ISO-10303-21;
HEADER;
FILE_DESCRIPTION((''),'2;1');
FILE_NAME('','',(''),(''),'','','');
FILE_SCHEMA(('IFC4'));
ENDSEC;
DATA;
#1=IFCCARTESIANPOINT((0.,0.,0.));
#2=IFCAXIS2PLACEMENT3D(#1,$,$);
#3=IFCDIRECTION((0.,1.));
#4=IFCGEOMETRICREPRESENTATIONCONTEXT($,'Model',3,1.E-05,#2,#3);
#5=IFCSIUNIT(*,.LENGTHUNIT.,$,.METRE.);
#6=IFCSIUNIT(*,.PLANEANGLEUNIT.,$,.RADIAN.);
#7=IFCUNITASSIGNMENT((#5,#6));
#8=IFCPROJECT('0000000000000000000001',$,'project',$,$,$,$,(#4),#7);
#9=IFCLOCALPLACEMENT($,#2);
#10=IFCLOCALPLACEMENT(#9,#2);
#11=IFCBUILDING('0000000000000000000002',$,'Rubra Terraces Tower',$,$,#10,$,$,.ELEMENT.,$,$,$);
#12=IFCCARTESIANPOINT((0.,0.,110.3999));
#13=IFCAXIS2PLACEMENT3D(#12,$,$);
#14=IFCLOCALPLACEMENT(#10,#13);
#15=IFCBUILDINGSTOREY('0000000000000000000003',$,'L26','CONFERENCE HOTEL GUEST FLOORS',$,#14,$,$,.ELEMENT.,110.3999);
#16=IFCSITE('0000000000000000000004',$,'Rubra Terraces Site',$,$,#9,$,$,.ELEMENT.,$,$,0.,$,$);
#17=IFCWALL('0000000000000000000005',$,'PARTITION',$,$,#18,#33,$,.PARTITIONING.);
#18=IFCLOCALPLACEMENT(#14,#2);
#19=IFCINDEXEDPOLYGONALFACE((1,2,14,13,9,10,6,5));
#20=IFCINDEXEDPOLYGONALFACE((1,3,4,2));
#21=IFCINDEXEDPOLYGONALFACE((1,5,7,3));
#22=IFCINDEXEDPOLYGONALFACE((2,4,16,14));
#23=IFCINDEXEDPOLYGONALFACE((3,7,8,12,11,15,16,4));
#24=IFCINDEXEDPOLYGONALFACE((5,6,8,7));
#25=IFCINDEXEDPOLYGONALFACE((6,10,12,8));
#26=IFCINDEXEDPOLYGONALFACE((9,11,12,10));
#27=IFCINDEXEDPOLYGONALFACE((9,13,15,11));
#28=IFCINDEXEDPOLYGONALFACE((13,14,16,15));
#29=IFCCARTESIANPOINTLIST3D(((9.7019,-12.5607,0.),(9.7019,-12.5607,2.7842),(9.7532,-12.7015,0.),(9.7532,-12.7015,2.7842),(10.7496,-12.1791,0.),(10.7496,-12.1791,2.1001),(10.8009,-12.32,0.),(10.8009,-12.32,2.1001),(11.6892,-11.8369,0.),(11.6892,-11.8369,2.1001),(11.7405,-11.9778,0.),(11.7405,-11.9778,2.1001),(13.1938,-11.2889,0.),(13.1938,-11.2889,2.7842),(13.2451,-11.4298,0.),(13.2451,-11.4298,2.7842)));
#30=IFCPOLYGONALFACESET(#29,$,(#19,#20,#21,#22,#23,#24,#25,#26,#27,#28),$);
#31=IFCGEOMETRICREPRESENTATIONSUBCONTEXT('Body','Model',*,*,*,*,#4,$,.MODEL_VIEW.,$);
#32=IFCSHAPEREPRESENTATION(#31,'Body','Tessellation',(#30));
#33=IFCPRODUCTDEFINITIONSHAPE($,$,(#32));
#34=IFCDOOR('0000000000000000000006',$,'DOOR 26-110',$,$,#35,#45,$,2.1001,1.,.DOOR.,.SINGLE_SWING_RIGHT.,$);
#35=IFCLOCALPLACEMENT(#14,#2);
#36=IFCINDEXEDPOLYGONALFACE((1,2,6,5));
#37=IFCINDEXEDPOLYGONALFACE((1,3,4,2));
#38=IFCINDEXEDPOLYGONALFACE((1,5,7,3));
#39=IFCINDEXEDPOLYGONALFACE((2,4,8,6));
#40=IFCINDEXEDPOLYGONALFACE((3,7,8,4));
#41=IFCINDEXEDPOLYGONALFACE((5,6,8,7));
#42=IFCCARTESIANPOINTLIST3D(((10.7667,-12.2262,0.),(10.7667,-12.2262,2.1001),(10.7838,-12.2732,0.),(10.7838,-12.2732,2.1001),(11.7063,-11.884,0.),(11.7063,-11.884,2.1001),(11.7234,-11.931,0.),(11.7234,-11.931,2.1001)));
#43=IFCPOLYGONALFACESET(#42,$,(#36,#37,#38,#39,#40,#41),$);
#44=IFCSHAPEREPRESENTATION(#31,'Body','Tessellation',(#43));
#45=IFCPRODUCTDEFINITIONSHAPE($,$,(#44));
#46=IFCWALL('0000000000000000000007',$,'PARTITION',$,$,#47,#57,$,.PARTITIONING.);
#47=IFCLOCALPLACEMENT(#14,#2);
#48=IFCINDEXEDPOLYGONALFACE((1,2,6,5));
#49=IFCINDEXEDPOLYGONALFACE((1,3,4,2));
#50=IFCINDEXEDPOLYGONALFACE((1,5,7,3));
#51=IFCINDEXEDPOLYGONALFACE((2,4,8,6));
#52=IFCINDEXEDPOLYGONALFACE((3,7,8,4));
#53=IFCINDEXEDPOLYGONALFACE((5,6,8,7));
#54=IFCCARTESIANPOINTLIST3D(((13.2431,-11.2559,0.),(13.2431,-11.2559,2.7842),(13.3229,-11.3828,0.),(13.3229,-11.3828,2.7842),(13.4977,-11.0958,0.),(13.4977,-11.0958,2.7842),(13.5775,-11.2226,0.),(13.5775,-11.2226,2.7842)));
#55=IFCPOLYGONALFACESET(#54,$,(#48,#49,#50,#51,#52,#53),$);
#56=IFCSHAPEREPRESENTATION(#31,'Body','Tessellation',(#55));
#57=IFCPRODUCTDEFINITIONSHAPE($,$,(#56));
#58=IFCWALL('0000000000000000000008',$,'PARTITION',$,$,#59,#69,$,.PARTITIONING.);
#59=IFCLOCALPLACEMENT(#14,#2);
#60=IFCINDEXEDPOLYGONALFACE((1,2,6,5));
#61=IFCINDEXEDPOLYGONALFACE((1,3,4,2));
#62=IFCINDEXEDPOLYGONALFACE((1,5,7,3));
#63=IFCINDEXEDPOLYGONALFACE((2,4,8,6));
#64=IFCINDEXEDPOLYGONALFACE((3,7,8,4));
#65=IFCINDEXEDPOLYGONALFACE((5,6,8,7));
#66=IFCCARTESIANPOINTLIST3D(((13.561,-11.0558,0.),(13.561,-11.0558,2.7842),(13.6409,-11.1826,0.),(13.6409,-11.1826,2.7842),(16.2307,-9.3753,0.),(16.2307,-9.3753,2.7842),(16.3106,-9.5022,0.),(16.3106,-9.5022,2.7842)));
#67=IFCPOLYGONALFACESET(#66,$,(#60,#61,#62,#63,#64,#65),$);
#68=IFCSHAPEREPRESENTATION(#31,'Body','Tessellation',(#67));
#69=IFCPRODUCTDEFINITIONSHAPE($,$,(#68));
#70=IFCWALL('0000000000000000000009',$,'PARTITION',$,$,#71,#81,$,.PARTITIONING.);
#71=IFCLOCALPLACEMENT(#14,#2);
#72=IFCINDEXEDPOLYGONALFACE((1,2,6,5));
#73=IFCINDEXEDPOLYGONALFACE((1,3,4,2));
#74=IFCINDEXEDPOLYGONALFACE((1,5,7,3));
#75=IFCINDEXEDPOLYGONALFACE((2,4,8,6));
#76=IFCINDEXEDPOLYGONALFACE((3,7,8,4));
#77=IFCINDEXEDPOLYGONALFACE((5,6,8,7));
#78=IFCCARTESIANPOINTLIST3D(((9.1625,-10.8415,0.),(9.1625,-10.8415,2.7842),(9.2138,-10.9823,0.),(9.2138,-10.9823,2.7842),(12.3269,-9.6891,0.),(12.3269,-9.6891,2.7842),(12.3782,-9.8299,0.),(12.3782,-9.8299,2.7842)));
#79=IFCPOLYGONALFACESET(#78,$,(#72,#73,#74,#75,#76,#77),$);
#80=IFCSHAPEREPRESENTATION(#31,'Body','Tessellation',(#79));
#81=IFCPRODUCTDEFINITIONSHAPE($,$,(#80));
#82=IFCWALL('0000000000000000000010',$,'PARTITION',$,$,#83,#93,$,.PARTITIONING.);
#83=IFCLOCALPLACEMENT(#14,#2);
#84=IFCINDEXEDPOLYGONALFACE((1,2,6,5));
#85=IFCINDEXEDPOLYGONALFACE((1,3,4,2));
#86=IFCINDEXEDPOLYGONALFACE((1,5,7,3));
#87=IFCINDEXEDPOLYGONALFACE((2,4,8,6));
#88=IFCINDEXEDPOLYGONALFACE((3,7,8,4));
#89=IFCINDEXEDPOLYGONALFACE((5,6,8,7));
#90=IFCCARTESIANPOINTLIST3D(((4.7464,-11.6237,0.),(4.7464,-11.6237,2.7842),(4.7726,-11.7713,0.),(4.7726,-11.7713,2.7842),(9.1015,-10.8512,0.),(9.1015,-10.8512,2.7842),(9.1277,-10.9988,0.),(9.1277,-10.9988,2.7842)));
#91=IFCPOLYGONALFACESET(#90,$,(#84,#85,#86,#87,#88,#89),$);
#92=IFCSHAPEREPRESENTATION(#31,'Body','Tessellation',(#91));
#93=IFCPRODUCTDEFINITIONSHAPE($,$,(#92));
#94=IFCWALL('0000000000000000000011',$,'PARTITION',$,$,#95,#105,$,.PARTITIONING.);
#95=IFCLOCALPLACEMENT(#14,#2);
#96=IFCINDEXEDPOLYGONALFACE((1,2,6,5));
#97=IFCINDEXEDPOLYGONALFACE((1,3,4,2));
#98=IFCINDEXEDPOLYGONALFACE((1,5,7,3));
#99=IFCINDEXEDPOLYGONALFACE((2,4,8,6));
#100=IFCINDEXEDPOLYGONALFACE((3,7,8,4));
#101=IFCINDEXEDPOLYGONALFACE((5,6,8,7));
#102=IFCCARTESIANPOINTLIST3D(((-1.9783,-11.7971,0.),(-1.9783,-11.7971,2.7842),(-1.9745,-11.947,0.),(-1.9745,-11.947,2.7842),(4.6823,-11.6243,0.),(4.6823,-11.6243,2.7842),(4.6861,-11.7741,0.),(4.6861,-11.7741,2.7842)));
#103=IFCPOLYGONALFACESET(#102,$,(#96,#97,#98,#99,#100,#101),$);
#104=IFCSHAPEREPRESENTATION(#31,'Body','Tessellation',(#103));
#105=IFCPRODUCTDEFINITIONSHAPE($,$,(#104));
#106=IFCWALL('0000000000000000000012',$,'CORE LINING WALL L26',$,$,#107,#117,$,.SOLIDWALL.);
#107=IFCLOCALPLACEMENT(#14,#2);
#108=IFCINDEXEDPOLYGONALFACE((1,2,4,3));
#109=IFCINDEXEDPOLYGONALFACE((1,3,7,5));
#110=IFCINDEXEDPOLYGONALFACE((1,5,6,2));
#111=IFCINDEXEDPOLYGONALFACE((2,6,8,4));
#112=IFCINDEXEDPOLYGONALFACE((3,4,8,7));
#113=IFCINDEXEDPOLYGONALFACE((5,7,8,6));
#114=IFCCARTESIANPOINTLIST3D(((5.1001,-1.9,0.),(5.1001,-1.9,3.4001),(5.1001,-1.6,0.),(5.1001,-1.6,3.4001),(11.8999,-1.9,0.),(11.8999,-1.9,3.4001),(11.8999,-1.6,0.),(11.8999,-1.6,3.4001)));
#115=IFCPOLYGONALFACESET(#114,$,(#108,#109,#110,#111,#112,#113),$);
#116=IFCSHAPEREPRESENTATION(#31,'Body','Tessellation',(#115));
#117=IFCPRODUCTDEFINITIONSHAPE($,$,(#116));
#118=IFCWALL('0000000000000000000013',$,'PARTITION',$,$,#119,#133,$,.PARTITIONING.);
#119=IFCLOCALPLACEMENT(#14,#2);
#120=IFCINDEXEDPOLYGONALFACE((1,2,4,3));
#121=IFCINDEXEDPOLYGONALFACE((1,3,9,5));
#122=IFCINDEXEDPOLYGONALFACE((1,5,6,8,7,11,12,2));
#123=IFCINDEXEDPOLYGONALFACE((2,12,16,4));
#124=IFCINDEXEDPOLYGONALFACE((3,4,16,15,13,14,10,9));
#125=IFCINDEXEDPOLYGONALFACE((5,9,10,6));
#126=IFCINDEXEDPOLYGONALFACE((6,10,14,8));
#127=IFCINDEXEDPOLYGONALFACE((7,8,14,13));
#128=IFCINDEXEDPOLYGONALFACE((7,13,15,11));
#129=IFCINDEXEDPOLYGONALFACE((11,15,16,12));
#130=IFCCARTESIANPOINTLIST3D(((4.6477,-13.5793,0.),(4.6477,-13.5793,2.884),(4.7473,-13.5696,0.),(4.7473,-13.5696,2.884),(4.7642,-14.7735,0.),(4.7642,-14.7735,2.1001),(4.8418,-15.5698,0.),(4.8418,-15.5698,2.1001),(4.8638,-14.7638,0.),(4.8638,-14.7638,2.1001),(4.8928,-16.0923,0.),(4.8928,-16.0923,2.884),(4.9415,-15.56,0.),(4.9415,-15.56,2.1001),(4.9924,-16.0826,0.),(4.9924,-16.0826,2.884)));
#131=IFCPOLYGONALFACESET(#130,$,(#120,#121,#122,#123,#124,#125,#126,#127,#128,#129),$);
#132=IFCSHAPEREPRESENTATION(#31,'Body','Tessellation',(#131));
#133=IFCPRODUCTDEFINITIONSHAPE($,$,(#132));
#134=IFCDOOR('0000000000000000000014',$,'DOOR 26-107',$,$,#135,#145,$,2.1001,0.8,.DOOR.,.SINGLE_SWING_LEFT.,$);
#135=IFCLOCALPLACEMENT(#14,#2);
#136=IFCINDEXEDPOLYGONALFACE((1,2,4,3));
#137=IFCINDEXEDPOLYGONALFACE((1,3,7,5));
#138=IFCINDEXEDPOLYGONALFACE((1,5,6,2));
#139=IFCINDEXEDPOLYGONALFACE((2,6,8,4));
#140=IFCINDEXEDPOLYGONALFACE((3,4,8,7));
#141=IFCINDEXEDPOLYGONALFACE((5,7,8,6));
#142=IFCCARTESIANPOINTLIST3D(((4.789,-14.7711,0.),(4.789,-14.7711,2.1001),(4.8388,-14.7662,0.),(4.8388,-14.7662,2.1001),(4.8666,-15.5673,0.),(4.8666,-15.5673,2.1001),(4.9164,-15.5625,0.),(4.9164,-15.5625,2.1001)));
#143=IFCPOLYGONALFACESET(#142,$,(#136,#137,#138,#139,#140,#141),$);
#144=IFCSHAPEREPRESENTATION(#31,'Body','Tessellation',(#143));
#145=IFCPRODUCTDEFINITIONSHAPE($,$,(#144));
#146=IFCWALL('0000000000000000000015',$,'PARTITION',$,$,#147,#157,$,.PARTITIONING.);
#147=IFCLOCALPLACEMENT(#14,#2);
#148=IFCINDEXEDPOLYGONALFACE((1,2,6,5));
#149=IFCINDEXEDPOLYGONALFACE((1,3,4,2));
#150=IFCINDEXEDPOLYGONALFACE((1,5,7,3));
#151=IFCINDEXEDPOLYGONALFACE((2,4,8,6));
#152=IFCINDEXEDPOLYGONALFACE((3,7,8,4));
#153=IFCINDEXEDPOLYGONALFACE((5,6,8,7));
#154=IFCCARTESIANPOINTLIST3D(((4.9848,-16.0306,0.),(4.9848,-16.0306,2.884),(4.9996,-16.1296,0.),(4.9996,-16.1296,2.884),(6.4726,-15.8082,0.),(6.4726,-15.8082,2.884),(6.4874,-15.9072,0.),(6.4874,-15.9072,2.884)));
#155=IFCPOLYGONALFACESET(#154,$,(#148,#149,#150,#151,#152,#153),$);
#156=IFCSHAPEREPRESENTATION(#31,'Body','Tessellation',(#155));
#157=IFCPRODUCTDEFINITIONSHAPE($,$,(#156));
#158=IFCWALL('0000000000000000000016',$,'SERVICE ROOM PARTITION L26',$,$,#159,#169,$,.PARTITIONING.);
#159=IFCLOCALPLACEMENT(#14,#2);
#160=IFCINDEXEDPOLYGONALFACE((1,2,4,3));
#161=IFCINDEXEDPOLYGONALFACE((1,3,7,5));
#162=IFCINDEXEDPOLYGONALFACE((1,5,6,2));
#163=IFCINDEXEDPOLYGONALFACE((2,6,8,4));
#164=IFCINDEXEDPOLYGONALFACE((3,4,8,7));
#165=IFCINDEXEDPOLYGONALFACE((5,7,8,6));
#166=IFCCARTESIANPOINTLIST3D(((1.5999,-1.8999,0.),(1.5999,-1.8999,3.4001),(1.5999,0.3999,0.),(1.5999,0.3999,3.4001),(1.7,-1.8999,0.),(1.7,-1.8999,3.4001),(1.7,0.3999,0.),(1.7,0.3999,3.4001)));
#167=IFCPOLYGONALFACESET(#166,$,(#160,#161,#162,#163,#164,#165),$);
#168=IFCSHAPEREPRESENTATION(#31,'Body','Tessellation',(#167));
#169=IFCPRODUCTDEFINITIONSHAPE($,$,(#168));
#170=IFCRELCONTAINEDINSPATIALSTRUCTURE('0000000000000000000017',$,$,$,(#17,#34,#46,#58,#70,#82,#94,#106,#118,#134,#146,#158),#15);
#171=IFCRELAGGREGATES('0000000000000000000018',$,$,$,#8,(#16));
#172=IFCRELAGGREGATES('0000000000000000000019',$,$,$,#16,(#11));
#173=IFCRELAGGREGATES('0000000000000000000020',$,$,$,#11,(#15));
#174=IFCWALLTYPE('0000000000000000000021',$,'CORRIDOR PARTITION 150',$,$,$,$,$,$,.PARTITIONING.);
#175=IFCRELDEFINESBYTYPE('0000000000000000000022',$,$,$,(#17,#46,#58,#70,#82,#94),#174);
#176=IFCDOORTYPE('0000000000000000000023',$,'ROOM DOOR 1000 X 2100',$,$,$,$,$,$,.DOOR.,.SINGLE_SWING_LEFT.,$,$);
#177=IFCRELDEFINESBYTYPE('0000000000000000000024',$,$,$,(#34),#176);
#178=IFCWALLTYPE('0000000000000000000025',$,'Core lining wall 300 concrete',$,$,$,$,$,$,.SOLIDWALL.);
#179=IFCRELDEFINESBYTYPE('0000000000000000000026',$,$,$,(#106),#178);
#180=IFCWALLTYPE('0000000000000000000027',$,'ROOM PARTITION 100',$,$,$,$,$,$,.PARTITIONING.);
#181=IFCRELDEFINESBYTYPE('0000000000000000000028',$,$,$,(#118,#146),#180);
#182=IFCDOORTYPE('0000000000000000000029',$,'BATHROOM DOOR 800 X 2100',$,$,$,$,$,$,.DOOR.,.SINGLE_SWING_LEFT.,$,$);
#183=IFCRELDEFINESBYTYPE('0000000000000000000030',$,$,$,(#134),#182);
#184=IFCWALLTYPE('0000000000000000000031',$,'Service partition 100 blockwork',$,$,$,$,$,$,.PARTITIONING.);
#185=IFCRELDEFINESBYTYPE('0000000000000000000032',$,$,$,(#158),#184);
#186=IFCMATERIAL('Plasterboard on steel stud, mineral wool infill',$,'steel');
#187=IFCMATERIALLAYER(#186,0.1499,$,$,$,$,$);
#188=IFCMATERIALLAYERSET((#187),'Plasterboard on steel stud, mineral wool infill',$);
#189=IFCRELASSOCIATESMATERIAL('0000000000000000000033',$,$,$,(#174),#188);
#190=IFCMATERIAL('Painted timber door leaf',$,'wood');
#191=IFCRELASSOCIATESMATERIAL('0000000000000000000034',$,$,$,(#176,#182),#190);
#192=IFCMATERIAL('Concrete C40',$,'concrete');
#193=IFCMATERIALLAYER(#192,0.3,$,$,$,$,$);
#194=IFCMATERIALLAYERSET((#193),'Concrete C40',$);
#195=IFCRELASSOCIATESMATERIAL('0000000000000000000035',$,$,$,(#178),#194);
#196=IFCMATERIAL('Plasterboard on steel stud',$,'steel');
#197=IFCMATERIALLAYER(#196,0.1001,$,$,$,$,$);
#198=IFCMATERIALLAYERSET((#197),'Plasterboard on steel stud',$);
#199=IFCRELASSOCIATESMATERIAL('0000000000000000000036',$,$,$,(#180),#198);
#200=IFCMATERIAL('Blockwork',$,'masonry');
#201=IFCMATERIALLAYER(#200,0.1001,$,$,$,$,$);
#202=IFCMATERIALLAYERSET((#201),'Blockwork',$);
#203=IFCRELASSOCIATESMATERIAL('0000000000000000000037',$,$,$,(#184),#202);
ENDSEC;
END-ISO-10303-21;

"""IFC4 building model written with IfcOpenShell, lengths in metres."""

from ifc_helpers import new_model, si_unit, direction, frame, frame_2d, origin, place, context, subcontext, project, spatial, rectangle, extrude, material, layer, layer_set, type_object, element, fill, save


model = new_model("IFC4")

# Units and contexts
model_context = context("Model", 3, precision=1e-05, world=origin(), true_north=direction((0.0, 1.0)))
body_context = subcontext(model_context, "Body", "Model", "MODEL_VIEW")
ifc_project = project(units=[si_unit("LENGTHUNIT", "METRE"), si_unit("PLANEANGLEUNIT", "RADIAN")], contexts=[model_context])

# Site, building, storey
site_placement = place(None, origin())
site = spatial("IfcSite", under=ifc_project, at=site_placement, Name="Rubra Terraces Site", CompositionType="ELEMENT", RefElevation=0.0)
building_placement = place(site_placement, origin())
building = spatial("IfcBuilding", under=site, at=building_placement, Name="Rubra Terraces Tower", CompositionType="ELEMENT")
storey_placement = place(building_placement, frame((0.0, 0.0, 110.3999)))
storey = spatial("IfcBuildingStorey", under=building, at=storey_placement, Name="L26", Description="CONFERENCE HOTEL GUEST FLOORS", CompositionType="ELEMENT", Elevation=110.3999)

# Shared definitions
ifc_material_1 = material(Name="Concrete C40", Category="concrete")

# Shared definitions
ifc_material_2 = material(Name="Plasterboard on steel stud, mineral wool infill", Category="steel")
ifc_layer_1 = layer(ifc_material_2, 0.1499)
ifc_layer_set_1 = layer_set([ifc_layer_1], Name="Plasterboard on steel stud, mineral wool infill")
wall_type_1 = type_object("IfcWallType", Name="CORRIDOR PARTITION 150", PredefinedType="PARTITIONING", material=ifc_layer_set_1)

# Shared definitions
ifc_material_3 = material(Name="Painted timber door leaf", Category="wood")
door_type_1 = type_object("IfcDoorType", Name="ROOM DOOR 1000 X 2100", OperationType="SINGLE_SWING_LEFT", PredefinedType="DOOR", material=ifc_material_3)

# Wall, opening, door
wall_1_placement = place(storey_placement, frame((9.7275, -12.6311, 0.0), z_axis=(0.0, 0.0, 1.0), x_axis=(0.939626, 0.342202, 0.0)))
wall_1 = element("IfcWall", 1, at=wall_1_placement, inside=storey, type_object=wall_type_1, Name="PARTITION", PredefinedType="PARTITIONING", context=body_context, shape_type="SweptSolid", body=[
    extrude(rectangle(XDim=3.7163, YDim=0.1499, at=frame_2d((1.8582, 0.0))), origin(), (0.0, 0.0, 1.0), 2.7842),
])
opening_1_placement = place(wall_1_placement, frame((1.115, 0.0, 0.0)))
opening_1 = element("IfcOpeningElement", 2, at=opening_1_placement, cuts=wall_1, PredefinedType="OPENING", context=body_context, shape_type="SweptSolid", body=[
    extrude(rectangle(XDim=1.0, YDim=2.1001, at=frame_2d((0.5, 1.05))), frame((0.0, 0.085, 0.0), z_axis=(0.0, -1.0, 0.0), x_axis=(1.0, 0.0, 0.0)), (0.0, 0.0, 1.0), 0.1699),
])
door_1_placement = place(opening_1_placement, origin())
door_1 = element("IfcDoor", 3, at=door_1_placement, inside=storey, type_object=door_type_1, Name="DOOR 26-110", OperationType="SINGLE_SWING_RIGHT", OverallHeight=2.1001, OverallWidth=1.0, PredefinedType="DOOR", context=body_context, shape_type="SweptSolid", body=[
    extrude(rectangle(XDim=1.0, YDim=2.1001, at=frame_2d((0.5, 1.05))), frame((0.0, 0.0249, 0.0), z_axis=(0.0, -1.0, 0.0), x_axis=(1.0, 0.0, 0.0)), (0.0, 0.0, 1.0), 0.05),
])
fill(opening_1, door_1)

# Walls
wall_2_placement = place(storey_placement, frame((13.283, -11.3193, 0.0), z_axis=(0.0, 0.0, 1.0), x_axis=(0.84649, 0.532404, 0.0)))
element("IfcWall", 4, at=wall_2_placement, inside=storey, type_object=wall_type_1, Name="PARTITION", PredefinedType="PARTITIONING", context=body_context, shape_type="SweptSolid", body=[
    extrude(rectangle(XDim=0.3008, YDim=0.1499, at=frame_2d((0.1504, 0.0))), origin(), (0.0, 0.0, 1.0), 2.7842),
])
wall_3_placement = place(storey_placement, frame((13.6011, -11.1191, 0.0), z_axis=(0.0, 0.0, 1.0), x_axis=(0.846303, 0.532702, 0.0)))
element("IfcWall", 5, at=wall_3_placement, inside=storey, type_object=wall_type_1, Name="PARTITION", PredefinedType="PARTITIONING", context=body_context, shape_type="SweptSolid", body=[
    extrude(rectangle(XDim=3.1545, YDim=0.1499, at=frame_2d((1.5771, 0.0))), origin(), (0.0, 0.0, 1.0), 2.7842),
])
wall_4_placement = place(storey_placement, frame((12.3525, -9.7595, 0.0), z_axis=(0.0, 0.0, 1.0), x_axis=(-0.939632, -0.342185, 0.0)))
element("IfcWall", 6, at=wall_4_placement, inside=storey, type_object=wall_type_1, Name="PARTITION", PredefinedType="PARTITIONING", context=body_context, shape_type="SweptSolid", body=[
    extrude(rectangle(XDim=3.3677, YDim=0.1499, at=frame_2d((1.6838, 0.0))), origin(), (0.0, 0.0, 1.0), 2.7842),
])
wall_5_placement = place(storey_placement, frame((9.1145, -10.925, 0.0), z_axis=(0.0, 0.0, 1.0), x_axis=(-0.984633, -0.174639, 0.0)))
element("IfcWall", 7, at=wall_5_placement, inside=storey, type_object=wall_type_1, Name="PARTITION", PredefinedType="PARTITIONING", context=body_context, shape_type="SweptSolid", body=[
    extrude(rectangle(XDim=4.4231, YDim=0.1499, at=frame_2d((2.2114, 0.0))), origin(), (0.0, 0.0, 1.0), 2.7842),
])
wall_6_placement = place(storey_placement, frame((4.6843, -11.6992, 0.0), z_axis=(0.0, 0.0, 1.0), x_axis=(-0.999663, -0.025942, 0.0)))
element("IfcWall", 8, at=wall_6_placement, inside=storey, type_object=wall_type_1, Name="PARTITION", PredefinedType="PARTITIONING", context=body_context, shape_type="SweptSolid", body=[
    extrude(rectangle(XDim=6.6628, YDim=0.1499, at=frame_2d((3.3315, 0.0))), origin(), (0.0, 0.0, 1.0), 2.7842),
])
ifc_layer_2 = layer(ifc_material_1, 0.3)
ifc_layer_set_2 = layer_set([ifc_layer_2], Name="Concrete C40")
wall_type_2 = type_object("IfcWallType", Name="Core lining wall 300 concrete", PredefinedType="SOLIDWALL", material=ifc_layer_set_2)
wall_7_placement = place(storey_placement, frame((11.8999, -1.75, 0.0), z_axis=(0.0, 0.0, 1.0), x_axis=(-1.0, 0.0, 0.0)))
element("IfcWall", 9, at=wall_7_placement, inside=storey, type_object=wall_type_2, Name="CORE LINING WALL L26", PredefinedType="SOLIDWALL", context=body_context, shape_type="SweptSolid", body=[
    extrude(rectangle(XDim=6.7998, YDim=0.3, at=frame_2d((3.3999, 0.0))), origin(), (0.0, 0.0, 1.0), 3.4001),
])

# Wall, opening, door
ifc_material_4 = material(Name="Plasterboard on steel stud", Category="steel")
ifc_layer_3 = layer(ifc_material_4, 0.1001)
ifc_layer_set_3 = layer_set([ifc_layer_3], Name="Plasterboard on steel stud")
wall_type_3 = type_object("IfcWallType", Name="ROOM PARTITION 100", PredefinedType="PARTITIONING", material=ifc_layer_set_3)
wall_8_placement = place(storey_placement, frame((4.6975, -13.5745, 0.0), z_axis=(0.0, 0.0, 1.0), x_axis=(0.097081, -0.995276, 0.0)))
wall_8 = element("IfcWall", 10, at=wall_8_placement, inside=storey, type_object=wall_type_3, Name="PARTITION", PredefinedType="PARTITIONING", context=body_context, shape_type="SweptSolid", body=[
    extrude(rectangle(XDim=2.5249, YDim=0.1001, at=frame_2d((1.2625, 0.0))), origin(), (0.0, 0.0, 1.0), 2.884),
])
opening_2_placement = place(wall_8_placement, frame((1.2, 0.0, 0.0)))
opening_2 = element("IfcOpeningElement", 11, at=opening_2_placement, cuts=wall_8, PredefinedType="OPENING", context=body_context, shape_type="SweptSolid", body=[
    extrude(rectangle(XDim=0.8, YDim=2.1001, at=frame_2d((0.3999, 1.05))), frame((0.0, 0.0601, 0.0), z_axis=(0.0, -1.0, 0.0), x_axis=(1.0, 0.0, 0.0)), (0.0, 0.0, 1.0), 0.1201),
])
door_type_2 = type_object("IfcDoorType", Name="BATHROOM DOOR 800 X 2100", OperationType="SINGLE_SWING_LEFT", PredefinedType="DOOR", material=ifc_material_3)
door_2_placement = place(opening_2_placement, origin())
door_2 = element("IfcDoor", 12, at=door_2_placement, inside=storey, type_object=door_type_2, Name="DOOR 26-107", OperationType="SINGLE_SWING_LEFT", OverallHeight=2.1001, OverallWidth=0.8, PredefinedType="DOOR", context=body_context, shape_type="SweptSolid", body=[
    extrude(rectangle(XDim=0.8, YDim=2.1001, at=frame_2d((0.3999, 1.05))), frame((0.0, 0.0249, 0.0), z_axis=(0.0, -1.0, 0.0), x_axis=(1.0, 0.0, 0.0)), (0.0, 0.0, 1.0), 0.05),
])
fill(opening_2, door_2)

# Walls
wall_9_placement = place(storey_placement, frame((4.9922, -16.0801, 0.0), z_axis=(0.0, 0.0, 1.0), x_axis=(0.98901, 0.147848, 0.0)))
element("IfcWall", 13, at=wall_9_placement, inside=storey, type_object=wall_type_3, Name="PARTITION", PredefinedType="PARTITIONING", context=body_context, shape_type="SweptSolid", body=[
    extrude(rectangle(XDim=1.5044, YDim=0.1001, at=frame_2d((0.7522, 0.0))), origin(), (0.0, 0.0, 1.0), 2.884),
])
ifc_material_5 = material(Name="Blockwork", Category="masonry")
ifc_layer_4 = layer(ifc_material_5, 0.1001)
ifc_layer_set_4 = layer_set([ifc_layer_4], Name="Blockwork")
wall_type_4 = type_object("IfcWallType", Name="Service partition 100 blockwork", PredefinedType="PARTITIONING", material=ifc_layer_set_4)
wall_10_placement = place(storey_placement, frame((1.6499, -1.8999, 0.0), z_axis=(0.0, 0.0, 1.0), x_axis=(0.0, 1.0, 0.0)))
element("IfcWall", 14, at=wall_10_placement, inside=storey, type_object=wall_type_4, Name="SERVICE ROOM PARTITION L26", PredefinedType="PARTITIONING", context=body_context, shape_type="SweptSolid", body=[
    extrude(rectangle(XDim=2.2998, YDim=0.1001, at=frame_2d((1.1499, 0.0))), origin(), (0.0, 0.0, 1.0), 3.4001),
])

save(model, "model.ifc")
